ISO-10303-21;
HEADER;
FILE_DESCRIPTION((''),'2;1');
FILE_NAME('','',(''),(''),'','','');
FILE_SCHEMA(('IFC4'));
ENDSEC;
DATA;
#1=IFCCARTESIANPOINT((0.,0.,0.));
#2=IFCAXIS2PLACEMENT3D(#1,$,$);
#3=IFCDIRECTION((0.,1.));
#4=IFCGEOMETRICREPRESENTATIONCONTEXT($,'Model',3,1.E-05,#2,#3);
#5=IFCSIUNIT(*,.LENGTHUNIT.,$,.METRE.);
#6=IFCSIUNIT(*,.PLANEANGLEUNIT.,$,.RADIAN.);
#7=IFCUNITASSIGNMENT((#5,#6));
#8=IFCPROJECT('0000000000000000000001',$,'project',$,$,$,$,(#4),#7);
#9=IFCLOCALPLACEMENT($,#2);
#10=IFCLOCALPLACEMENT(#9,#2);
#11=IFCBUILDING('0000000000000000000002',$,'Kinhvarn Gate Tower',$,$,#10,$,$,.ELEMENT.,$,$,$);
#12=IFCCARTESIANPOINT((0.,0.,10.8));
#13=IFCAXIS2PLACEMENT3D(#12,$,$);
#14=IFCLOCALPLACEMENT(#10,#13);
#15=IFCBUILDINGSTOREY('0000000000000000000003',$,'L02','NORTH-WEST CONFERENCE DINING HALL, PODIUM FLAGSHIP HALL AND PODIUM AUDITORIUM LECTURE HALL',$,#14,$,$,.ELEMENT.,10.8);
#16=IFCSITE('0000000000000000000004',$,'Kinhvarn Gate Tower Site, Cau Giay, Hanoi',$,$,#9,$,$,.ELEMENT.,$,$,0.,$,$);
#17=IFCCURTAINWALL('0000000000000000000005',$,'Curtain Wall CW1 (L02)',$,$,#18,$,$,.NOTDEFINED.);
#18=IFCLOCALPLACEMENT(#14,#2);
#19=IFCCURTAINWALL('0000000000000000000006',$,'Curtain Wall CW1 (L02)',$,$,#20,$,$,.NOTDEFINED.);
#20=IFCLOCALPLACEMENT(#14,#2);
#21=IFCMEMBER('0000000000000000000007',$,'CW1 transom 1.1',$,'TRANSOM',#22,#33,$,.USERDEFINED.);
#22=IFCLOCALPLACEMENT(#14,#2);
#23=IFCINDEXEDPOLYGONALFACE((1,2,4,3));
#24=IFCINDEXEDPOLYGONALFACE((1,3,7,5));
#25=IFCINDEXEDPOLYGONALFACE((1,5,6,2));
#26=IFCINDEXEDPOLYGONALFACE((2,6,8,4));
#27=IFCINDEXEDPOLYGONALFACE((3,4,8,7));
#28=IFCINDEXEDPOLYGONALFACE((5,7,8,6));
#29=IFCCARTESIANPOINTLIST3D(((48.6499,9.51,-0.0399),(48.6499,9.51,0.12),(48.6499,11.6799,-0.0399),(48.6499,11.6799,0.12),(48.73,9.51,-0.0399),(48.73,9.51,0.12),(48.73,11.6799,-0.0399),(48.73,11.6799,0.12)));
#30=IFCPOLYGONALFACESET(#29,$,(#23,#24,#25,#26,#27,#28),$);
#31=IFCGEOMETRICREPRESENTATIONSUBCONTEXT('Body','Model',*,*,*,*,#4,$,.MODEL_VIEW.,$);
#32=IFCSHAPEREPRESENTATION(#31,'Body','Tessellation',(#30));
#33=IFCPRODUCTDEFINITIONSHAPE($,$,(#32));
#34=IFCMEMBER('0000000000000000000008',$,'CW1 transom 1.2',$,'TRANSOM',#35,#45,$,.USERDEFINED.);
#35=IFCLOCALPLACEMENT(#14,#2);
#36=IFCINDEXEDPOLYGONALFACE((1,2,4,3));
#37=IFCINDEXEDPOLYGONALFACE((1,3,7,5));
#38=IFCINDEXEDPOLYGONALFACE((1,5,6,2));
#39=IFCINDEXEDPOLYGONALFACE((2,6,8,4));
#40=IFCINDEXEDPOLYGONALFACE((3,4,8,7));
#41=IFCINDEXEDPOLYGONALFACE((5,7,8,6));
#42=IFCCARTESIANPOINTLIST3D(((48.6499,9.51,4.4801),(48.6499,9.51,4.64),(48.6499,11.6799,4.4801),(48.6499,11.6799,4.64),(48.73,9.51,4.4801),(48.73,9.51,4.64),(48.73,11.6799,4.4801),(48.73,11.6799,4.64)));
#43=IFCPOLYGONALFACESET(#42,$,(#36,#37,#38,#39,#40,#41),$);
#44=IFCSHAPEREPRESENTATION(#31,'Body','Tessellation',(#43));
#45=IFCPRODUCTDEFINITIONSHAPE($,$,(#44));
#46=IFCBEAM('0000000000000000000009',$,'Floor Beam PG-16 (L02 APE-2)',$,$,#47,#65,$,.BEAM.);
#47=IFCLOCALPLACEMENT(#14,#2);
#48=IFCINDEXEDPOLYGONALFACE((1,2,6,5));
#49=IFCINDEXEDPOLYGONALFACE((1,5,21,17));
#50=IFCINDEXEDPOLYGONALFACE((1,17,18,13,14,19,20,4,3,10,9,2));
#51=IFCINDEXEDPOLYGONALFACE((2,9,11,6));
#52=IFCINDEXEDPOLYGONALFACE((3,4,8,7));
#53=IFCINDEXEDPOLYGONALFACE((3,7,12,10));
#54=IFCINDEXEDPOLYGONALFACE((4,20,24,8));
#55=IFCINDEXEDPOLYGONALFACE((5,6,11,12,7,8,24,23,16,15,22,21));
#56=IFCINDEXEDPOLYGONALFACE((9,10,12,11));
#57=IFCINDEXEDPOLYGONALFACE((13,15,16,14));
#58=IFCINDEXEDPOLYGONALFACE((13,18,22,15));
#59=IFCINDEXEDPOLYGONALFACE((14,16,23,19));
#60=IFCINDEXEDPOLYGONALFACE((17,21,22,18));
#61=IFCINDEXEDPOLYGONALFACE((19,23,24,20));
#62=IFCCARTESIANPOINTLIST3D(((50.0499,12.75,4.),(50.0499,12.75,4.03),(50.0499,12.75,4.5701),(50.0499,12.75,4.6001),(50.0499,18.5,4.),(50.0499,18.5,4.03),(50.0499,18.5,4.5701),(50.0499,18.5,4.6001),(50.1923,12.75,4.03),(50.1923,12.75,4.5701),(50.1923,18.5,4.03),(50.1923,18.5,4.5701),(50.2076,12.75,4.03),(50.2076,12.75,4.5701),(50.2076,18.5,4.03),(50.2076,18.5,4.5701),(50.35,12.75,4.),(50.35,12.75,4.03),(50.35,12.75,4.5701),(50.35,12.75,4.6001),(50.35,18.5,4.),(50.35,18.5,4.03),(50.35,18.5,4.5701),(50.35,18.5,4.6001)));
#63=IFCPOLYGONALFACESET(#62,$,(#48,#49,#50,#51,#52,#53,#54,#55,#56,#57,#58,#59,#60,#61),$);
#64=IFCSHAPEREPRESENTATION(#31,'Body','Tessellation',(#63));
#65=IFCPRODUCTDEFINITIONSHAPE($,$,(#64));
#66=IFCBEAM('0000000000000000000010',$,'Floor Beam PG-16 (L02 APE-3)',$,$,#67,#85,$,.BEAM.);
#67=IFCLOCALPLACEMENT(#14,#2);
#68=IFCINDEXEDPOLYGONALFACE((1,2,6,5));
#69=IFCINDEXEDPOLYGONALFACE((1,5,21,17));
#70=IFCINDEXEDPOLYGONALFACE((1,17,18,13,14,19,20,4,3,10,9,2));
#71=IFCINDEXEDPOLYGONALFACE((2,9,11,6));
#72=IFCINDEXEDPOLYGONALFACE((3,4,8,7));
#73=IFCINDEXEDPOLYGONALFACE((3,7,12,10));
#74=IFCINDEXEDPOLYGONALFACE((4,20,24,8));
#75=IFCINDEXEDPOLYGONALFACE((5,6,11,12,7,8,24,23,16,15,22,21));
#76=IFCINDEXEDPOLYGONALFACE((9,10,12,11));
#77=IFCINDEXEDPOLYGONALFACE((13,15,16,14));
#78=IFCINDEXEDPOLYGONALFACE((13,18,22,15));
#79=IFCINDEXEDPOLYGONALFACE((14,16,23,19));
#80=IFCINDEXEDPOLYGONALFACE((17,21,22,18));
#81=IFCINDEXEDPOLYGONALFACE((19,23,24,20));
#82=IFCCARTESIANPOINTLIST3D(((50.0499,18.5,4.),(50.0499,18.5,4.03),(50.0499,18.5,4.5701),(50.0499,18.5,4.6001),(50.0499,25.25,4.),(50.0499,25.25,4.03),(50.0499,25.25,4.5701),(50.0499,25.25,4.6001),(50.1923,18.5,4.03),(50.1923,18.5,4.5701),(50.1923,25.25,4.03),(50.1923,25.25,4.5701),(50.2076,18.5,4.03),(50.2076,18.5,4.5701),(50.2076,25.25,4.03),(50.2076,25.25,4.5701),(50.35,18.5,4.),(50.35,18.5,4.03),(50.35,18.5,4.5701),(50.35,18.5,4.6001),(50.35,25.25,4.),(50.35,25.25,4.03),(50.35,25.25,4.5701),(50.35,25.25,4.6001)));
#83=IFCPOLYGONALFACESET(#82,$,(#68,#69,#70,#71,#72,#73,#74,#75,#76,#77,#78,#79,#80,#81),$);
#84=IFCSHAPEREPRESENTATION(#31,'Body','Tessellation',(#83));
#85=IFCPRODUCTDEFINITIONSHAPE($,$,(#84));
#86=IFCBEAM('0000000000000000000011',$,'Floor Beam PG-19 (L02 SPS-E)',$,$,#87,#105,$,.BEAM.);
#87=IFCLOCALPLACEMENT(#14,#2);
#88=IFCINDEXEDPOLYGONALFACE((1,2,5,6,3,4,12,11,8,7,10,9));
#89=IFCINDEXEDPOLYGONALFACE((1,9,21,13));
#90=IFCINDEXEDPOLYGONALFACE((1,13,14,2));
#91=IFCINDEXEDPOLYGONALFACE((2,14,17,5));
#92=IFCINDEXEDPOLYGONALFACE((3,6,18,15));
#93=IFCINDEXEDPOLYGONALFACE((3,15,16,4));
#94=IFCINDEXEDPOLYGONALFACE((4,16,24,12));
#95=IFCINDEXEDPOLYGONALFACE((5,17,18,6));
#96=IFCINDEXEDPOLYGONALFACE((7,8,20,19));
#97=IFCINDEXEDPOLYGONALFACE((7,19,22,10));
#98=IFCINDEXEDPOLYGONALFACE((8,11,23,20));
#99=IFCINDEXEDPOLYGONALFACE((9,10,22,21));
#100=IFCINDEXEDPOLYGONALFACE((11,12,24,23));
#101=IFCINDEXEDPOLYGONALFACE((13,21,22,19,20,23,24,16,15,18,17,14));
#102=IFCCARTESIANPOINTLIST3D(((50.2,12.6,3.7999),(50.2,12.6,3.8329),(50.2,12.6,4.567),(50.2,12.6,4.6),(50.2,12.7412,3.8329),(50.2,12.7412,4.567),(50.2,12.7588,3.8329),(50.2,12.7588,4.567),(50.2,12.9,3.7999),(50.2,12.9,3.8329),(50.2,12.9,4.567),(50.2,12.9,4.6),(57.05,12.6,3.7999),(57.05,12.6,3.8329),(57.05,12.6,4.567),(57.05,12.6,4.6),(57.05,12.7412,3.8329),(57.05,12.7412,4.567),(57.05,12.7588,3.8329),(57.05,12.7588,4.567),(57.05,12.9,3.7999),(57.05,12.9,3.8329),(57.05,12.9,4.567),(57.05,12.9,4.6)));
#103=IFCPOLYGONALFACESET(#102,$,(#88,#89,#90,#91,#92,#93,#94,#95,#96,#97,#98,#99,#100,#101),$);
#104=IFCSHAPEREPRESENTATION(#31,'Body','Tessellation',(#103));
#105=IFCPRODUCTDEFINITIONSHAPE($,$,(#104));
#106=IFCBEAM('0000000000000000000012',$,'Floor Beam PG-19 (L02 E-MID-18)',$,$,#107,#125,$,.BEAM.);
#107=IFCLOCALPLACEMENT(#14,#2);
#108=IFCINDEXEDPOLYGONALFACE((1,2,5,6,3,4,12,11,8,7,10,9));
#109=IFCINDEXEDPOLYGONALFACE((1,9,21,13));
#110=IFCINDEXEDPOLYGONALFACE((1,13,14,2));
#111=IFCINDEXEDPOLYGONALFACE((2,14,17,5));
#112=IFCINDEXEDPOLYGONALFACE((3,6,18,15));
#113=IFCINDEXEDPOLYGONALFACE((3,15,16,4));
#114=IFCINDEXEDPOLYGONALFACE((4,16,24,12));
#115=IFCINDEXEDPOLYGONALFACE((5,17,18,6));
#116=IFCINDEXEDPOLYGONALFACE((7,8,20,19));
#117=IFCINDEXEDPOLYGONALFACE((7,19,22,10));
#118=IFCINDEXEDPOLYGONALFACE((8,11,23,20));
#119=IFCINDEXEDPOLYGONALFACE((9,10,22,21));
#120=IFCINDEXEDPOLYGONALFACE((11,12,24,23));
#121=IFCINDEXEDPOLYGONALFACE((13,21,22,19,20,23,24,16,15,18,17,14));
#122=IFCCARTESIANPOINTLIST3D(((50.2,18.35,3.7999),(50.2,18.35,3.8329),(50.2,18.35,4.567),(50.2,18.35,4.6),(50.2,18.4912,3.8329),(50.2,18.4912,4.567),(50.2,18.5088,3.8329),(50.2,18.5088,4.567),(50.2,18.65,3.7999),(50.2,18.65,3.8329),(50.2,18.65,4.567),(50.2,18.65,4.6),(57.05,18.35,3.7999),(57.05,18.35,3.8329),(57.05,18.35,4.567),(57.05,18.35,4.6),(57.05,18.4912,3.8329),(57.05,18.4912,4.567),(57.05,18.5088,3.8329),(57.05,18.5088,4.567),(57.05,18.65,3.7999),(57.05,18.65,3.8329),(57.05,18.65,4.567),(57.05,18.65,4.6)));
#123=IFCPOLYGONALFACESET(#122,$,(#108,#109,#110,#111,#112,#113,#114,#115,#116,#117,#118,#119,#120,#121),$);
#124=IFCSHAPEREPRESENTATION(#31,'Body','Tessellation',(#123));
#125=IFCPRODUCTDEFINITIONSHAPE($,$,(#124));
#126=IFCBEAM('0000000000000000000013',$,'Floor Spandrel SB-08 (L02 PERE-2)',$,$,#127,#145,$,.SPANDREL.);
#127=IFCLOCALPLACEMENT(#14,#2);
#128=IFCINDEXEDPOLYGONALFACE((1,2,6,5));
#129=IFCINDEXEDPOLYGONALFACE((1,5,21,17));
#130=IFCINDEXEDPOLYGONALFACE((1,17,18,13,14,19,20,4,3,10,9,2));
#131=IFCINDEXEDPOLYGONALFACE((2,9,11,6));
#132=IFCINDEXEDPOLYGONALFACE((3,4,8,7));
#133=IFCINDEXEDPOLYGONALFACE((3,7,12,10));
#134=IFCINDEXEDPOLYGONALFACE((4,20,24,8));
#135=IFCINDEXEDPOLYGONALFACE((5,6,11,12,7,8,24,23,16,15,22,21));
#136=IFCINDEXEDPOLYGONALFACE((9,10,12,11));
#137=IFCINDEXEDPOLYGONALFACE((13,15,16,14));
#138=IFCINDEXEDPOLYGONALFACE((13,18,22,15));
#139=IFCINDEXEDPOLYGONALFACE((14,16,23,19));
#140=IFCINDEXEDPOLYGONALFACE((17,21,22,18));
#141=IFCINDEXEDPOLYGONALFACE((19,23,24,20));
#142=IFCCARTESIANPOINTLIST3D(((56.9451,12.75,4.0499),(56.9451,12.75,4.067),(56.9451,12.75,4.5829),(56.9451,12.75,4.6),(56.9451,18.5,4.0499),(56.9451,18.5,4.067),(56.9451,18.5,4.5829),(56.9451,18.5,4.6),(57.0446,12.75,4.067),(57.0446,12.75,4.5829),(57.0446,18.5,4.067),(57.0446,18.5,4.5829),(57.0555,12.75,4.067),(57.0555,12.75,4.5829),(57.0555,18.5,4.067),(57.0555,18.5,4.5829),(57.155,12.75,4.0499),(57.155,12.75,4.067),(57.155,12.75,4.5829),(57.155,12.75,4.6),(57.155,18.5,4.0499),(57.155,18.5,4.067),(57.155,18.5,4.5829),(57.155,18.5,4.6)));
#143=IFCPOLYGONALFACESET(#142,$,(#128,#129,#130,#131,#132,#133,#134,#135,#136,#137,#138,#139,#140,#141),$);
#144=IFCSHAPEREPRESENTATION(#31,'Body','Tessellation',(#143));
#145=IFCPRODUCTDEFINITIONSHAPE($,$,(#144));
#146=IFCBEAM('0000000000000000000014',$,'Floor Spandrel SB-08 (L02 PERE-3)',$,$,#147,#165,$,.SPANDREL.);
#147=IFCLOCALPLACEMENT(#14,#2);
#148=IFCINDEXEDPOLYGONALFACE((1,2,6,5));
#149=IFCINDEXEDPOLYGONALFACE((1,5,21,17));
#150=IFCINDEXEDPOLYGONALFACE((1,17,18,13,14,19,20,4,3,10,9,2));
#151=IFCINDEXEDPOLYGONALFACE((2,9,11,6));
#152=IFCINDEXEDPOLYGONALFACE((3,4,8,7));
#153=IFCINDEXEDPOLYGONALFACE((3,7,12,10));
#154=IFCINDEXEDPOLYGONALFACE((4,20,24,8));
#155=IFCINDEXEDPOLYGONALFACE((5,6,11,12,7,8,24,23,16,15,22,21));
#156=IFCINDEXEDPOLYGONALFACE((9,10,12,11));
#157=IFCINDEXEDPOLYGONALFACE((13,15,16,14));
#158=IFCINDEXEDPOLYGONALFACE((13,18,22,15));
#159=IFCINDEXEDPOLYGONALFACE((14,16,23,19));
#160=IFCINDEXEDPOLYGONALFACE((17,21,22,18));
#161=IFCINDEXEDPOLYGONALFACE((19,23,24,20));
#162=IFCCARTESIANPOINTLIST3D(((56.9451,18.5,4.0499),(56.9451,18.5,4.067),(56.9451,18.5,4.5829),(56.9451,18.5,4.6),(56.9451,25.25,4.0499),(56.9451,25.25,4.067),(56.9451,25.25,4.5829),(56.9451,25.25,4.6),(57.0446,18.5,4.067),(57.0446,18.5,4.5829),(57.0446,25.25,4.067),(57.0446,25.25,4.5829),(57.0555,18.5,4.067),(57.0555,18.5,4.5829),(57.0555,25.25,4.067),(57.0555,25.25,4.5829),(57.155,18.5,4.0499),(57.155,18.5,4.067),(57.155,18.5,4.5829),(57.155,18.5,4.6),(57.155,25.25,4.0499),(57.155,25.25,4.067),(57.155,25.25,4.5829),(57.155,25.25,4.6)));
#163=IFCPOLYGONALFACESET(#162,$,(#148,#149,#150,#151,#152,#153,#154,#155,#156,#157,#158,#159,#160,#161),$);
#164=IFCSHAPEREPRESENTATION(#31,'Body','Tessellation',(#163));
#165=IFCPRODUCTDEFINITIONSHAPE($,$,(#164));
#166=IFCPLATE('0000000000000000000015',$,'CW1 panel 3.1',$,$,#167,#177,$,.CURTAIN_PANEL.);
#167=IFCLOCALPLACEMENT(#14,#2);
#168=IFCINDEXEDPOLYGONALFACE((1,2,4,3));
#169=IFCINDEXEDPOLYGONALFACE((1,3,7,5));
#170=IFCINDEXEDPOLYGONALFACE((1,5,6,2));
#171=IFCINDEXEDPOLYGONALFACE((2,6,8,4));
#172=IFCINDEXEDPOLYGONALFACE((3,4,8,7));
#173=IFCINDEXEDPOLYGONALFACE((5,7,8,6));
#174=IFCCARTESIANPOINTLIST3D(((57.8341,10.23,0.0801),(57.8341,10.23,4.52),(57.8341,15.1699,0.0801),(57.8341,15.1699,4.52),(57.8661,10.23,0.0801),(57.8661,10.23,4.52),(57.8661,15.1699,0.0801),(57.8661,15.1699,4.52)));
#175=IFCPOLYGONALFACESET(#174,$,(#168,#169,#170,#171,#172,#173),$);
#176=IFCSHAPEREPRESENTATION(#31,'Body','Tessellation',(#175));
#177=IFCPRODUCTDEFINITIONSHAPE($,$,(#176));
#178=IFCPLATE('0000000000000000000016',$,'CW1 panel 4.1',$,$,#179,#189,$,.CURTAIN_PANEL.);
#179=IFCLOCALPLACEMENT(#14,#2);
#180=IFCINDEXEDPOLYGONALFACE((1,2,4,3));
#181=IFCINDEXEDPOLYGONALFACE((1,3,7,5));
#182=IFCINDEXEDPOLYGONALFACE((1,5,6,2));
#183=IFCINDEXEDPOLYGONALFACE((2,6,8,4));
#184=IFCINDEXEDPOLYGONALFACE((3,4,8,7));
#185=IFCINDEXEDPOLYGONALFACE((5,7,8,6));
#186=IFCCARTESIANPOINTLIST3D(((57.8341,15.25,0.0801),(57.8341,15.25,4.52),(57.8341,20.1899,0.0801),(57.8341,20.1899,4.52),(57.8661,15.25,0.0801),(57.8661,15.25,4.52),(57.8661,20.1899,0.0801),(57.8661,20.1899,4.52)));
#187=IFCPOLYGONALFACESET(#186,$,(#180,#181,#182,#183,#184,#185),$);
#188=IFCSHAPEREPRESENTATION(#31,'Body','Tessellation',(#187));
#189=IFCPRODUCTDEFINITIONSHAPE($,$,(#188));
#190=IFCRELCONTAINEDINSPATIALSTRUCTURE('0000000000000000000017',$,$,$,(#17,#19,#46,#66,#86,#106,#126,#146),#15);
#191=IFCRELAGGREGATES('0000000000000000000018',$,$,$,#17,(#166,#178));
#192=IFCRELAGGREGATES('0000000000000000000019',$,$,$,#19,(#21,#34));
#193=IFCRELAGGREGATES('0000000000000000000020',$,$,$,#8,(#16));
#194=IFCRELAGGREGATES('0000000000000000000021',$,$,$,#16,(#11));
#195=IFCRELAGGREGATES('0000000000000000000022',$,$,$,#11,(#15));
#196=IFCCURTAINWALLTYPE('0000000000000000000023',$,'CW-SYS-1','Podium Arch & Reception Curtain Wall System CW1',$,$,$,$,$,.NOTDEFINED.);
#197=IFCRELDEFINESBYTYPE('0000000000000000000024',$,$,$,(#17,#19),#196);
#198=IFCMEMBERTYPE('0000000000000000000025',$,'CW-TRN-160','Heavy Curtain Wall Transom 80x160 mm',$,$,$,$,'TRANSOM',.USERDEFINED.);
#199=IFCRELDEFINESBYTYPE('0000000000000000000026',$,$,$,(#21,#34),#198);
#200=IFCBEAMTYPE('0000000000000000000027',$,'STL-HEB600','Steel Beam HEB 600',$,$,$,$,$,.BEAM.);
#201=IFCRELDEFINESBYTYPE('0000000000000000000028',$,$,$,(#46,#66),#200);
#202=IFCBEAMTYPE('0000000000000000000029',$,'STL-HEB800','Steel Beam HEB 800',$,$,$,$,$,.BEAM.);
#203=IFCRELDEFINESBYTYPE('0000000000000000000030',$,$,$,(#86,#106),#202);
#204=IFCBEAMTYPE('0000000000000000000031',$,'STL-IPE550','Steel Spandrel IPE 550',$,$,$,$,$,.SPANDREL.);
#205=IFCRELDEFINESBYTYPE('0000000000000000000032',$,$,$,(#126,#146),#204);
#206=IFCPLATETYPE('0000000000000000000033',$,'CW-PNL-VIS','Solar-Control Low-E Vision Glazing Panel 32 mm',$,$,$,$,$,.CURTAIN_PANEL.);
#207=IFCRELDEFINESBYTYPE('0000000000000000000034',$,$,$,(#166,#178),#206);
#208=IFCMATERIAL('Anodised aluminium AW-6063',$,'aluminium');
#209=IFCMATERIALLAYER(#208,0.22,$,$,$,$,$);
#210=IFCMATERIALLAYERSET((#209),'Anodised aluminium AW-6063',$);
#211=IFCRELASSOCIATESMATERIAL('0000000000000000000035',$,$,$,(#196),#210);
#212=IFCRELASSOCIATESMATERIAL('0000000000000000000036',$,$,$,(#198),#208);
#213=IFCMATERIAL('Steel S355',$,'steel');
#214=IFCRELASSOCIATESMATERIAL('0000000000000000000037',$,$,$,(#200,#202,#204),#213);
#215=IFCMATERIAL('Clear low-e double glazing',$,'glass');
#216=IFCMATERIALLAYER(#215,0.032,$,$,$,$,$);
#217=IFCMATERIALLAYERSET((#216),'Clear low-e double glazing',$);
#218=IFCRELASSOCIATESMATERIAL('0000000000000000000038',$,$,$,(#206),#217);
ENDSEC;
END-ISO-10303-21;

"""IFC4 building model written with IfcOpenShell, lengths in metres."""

from ifc_helpers import new_model, si_unit, direction, frame, origin, origin_2d, place, context, subcontext, project, spatial, rectangle, i_section, extrude, material, layer, layer_set, material_profile, profile_set, type_object, element, aggregate, save


model = new_model("IFC4")

# Units and contexts
model_context = context("Model", 3, precision=1e-05, world=origin(), true_north=direction((0.0, 1.0)))
body_context = subcontext(model_context, "Body", "Model", "MODEL_VIEW")
ifc_project = project(units=[si_unit("LENGTHUNIT", "METRE"), si_unit("PLANEANGLEUNIT", "RADIAN")], contexts=[model_context])

# Site, building, storey
site_placement = place(None, origin())
site = spatial("IfcSite", under=ifc_project, at=site_placement, Name="Kinhvarn Gate Tower Site, Cau Giay, Hanoi", CompositionType="ELEMENT", RefElevation=0.0)
building_placement = place(site_placement, origin())
building = spatial("IfcBuilding", under=site, at=building_placement, Name="Kinhvarn Gate Tower", CompositionType="ELEMENT")
storey_placement = place(building_placement, frame((0.0, 0.0, 10.8)))
storey = spatial("IfcBuildingStorey", under=building, at=storey_placement, Name="L02", Description="NORTH-WEST CONFERENCE DINING HALL, PODIUM FLAGSHIP HALL AND PODIUM AUDITORIUM LECTURE HALL", CompositionType="ELEMENT", Elevation=10.8)

# Curtain wall
ifc_material_1 = material(Name="Anodised aluminium AW-6063", Category="aluminium")
ifc_layer_1 = layer(ifc_material_1, 0.22)
ifc_layer_set_1 = layer_set([ifc_layer_1], Name="Anodised aluminium AW-6063")
curtain_wall_type = type_object("IfcCurtainWallType", Name="CW-SYS-1", Description="Podium Arch & Reception Curtain Wall System CW1", PredefinedType="NOTDEFINED", material=ifc_layer_set_1)
curtain_wall_1_placement = place(storey_placement, origin())
curtain_wall_1 = element("IfcCurtainWall", 1, at=curtain_wall_1_placement, inside=storey, type_object=curtain_wall_type, Name="Curtain Wall CW1 (L02)", PredefinedType="NOTDEFINED")

# Curtain wall
curtain_wall_2_placement = place(storey_placement, origin())
curtain_wall_2 = element("IfcCurtainWall", 2, at=curtain_wall_2_placement, inside=storey, type_object=curtain_wall_type, Name="Curtain Wall CW1 (L02)", PredefinedType="NOTDEFINED")

# Members
ifc_material_profile_1 = material_profile(ifc_material_1, rectangle(XDim=0.0801, YDim=0.1599, at=origin_2d()), Name="ALU 80x160")
ifc_profile_set_1 = profile_set([ifc_material_profile_1], Name="Anodised aluminium AW-6063")
member_type_1 = type_object("IfcMemberType", Name="CW-TRN-160", Description="Heavy Curtain Wall Transom 80x160 mm", ElementType="TRANSOM", PredefinedType="USERDEFINED", material=ifc_profile_set_1)
member_1_placement = place(storey_placement, frame((48.6899, 11.6799, 0.04), z_axis=(0.0, -1.0, 0.0), x_axis=(1.0, 0.0, 0.0)))
member_1 = element("IfcMember", 3, at=member_1_placement, type_object=member_type_1, Name="CW1 transom 1.1", ObjectType="TRANSOM", PredefinedType="USERDEFINED", context=body_context, shape_type="SweptSolid", body=[
    extrude(rectangle(XDim=0.0801, YDim=0.1599, at=origin_2d()), origin(), (0.0, 0.0, 1.0), 2.1699),
])
member_2_placement = place(storey_placement, frame((48.6899, 11.6799, 4.5601), z_axis=(0.0, -1.0, 0.0), x_axis=(1.0, 0.0, 0.0)))
member_2 = element("IfcMember", 4, at=member_2_placement, type_object=member_type_1, Name="CW1 transom 1.2", ObjectType="TRANSOM", PredefinedType="USERDEFINED", context=body_context, shape_type="SweptSolid", body=[
    extrude(rectangle(XDim=0.0801, YDim=0.1599, at=origin_2d()), origin(), (0.0, 0.0, 1.0), 2.1699),
])

# Beams
ifc_material_2 = material(Name="Steel S355", Category="steel")
ifc_material_profile_2 = material_profile(ifc_material_2, i_section(OverallWidth=0.3, OverallDepth=0.6001, WebThickness=0.0154, FlangeThickness=0.03, at=origin_2d()), Name="HEB 600")
ifc_profile_set_2 = profile_set([ifc_material_profile_2], Name="Steel S355")
beam_type_1 = type_object("IfcBeamType", Name="STL-HEB600", Description="Steel Beam HEB 600", PredefinedType="BEAM", material=ifc_profile_set_2)
beam_1_placement = place(storey_placement, frame((50.2, 12.75, 4.3), z_axis=(0.0, 1.0, 0.0), x_axis=(-1.0, 0.0, 0.0)))
element("IfcBeam", 5, at=beam_1_placement, inside=storey, type_object=beam_type_1, Name="Floor Beam PG-16 (L02 APE-2)", PredefinedType="BEAM", context=body_context, shape_type="SweptSolid", body=[
    extrude(i_section(OverallWidth=0.3, OverallDepth=0.6001, WebThickness=0.0154, FlangeThickness=0.03, at=origin_2d()), origin(), (0.0, 0.0, 1.0), 5.75),
])
beam_2_placement = place(storey_placement, frame((50.2, 18.5, 4.3), z_axis=(0.0, 1.0, 0.0), x_axis=(-1.0, 0.0, 0.0)))
element("IfcBeam", 6, at=beam_2_placement, inside=storey, type_object=beam_type_1, Name="Floor Beam PG-16 (L02 APE-3)", PredefinedType="BEAM", context=body_context, shape_type="SweptSolid", body=[
    extrude(i_section(OverallWidth=0.3, OverallDepth=0.6001, WebThickness=0.0154, FlangeThickness=0.03, at=origin_2d()), origin(), (0.0, 0.0, 1.0), 6.75),
])
ifc_material_profile_3 = material_profile(ifc_material_2, i_section(OverallWidth=0.3, OverallDepth=0.8, WebThickness=0.0176, FlangeThickness=0.033, at=origin_2d()), Name="HEB 800")
ifc_profile_set_3 = profile_set([ifc_material_profile_3], Name="Steel S355")
beam_type_2 = type_object("IfcBeamType", Name="STL-HEB800", Description="Steel Beam HEB 800", PredefinedType="BEAM", material=ifc_profile_set_3)
for number, where, z_axis, x_axis, name in (
    (7, (50.2, 12.75, 4.2), (1.0, 0.0, 0.0), (0.0, 1.0, 0.0), "Floor Beam PG-19 (L02 SPS-E)"),
    (8, (50.2, 18.5, 4.2), (1.0, 0.0, 0.0), (0.0, 1.0, 0.0), "Floor Beam PG-19 (L02 E-MID-18)"),
):
    element("IfcBeam", number, at=place(storey_placement, frame(where, z_axis=z_axis, x_axis=x_axis)), inside=storey, type_object=beam_type_2, Name=name, PredefinedType="BEAM", context=body_context, shape_type="SweptSolid", body=[
        extrude(i_section(OverallWidth=0.3, OverallDepth=0.8, WebThickness=0.0176, FlangeThickness=0.033, at=origin_2d()), origin(), (0.0, 0.0, 1.0), 6.8501),
    ])
ifc_material_profile_4 = material_profile(ifc_material_2, i_section(OverallWidth=0.21, OverallDepth=0.55, WebThickness=0.011, FlangeThickness=0.0171, at=origin_2d()), Name="IPE 550")
ifc_profile_set_4 = profile_set([ifc_material_profile_4], Name="Steel S355")
beam_type_3 = type_object("IfcBeamType", Name="STL-IPE550", Description="Steel Spandrel IPE 550", PredefinedType="SPANDREL", material=ifc_profile_set_4)
beam_3_placement = place(storey_placement, frame((57.05, 12.75, 4.325), z_axis=(0.0, 1.0, 0.0), x_axis=(-1.0, 0.0, 0.0)))
element("IfcBeam", 9, at=beam_3_placement, inside=storey, type_object=beam_type_3, Name="Floor Spandrel SB-08 (L02 PERE-2)", PredefinedType="SPANDREL", context=body_context, shape_type="SweptSolid", body=[
    extrude(i_section(OverallWidth=0.21, OverallDepth=0.55, WebThickness=0.011, FlangeThickness=0.0171, at=origin_2d()), origin(), (0.0, 0.0, 1.0), 5.75),
])
beam_4_placement = place(storey_placement, frame((57.05, 18.5, 4.325), z_axis=(0.0, 1.0, 0.0), x_axis=(-1.0, 0.0, 0.0)))
element("IfcBeam", 10, at=beam_4_placement, inside=storey, type_object=beam_type_3, Name="Floor Spandrel SB-08 (L02 PERE-3)", PredefinedType="SPANDREL", context=body_context, shape_type="SweptSolid", body=[
    extrude(i_section(OverallWidth=0.21, OverallDepth=0.55, WebThickness=0.011, FlangeThickness=0.0171, at=origin_2d()), origin(), (0.0, 0.0, 1.0), 6.75),
])

# Plates
ifc_material_3 = material(Name="Clear low-e double glazing", Category="glass")
ifc_layer_2 = layer(ifc_material_3, 0.032)
ifc_layer_set_2 = layer_set([ifc_layer_2], Name="Clear low-e double glazing")
plate_type = type_object("IfcPlateType", Name="CW-PNL-VIS", Description="Solar-Control Low-E Vision Glazing Panel 32 mm", PredefinedType="CURTAIN_PANEL", material=ifc_layer_set_2)
plate_1_placement = place(storey_placement, frame((57.8501, 12.7, 0.0801), z_axis=(0.0, 0.0, 1.0), x_axis=(0.0, 1.0, 0.0)))
plate_1 = element("IfcPlate", 11, at=plate_1_placement, type_object=plate_type, Name="CW1 panel 3.1", PredefinedType="CURTAIN_PANEL", context=body_context, shape_type="SweptSolid", body=[
    extrude(rectangle(XDim=4.9399, YDim=0.032, at=origin_2d()), origin(), (0.0, 0.0, 1.0), 4.4399),
])
plate_2_placement = place(storey_placement, frame((57.8501, 17.72, 0.0801), z_axis=(0.0, 0.0, 1.0), x_axis=(0.0, 1.0, 0.0)))
plate_2 = element("IfcPlate", 12, at=plate_2_placement, type_object=plate_type, Name="CW1 panel 4.1", PredefinedType="CURTAIN_PANEL", context=body_context, shape_type="SweptSolid", body=[
    extrude(rectangle(XDim=4.9399, YDim=0.032, at=origin_2d()), origin(), (0.0, 0.0, 1.0), 4.4399),
])
aggregate(curtain_wall_1, [plate_1, plate_2])
aggregate(curtain_wall_2, [member_1, member_2])

save(model, "model.ifc")
